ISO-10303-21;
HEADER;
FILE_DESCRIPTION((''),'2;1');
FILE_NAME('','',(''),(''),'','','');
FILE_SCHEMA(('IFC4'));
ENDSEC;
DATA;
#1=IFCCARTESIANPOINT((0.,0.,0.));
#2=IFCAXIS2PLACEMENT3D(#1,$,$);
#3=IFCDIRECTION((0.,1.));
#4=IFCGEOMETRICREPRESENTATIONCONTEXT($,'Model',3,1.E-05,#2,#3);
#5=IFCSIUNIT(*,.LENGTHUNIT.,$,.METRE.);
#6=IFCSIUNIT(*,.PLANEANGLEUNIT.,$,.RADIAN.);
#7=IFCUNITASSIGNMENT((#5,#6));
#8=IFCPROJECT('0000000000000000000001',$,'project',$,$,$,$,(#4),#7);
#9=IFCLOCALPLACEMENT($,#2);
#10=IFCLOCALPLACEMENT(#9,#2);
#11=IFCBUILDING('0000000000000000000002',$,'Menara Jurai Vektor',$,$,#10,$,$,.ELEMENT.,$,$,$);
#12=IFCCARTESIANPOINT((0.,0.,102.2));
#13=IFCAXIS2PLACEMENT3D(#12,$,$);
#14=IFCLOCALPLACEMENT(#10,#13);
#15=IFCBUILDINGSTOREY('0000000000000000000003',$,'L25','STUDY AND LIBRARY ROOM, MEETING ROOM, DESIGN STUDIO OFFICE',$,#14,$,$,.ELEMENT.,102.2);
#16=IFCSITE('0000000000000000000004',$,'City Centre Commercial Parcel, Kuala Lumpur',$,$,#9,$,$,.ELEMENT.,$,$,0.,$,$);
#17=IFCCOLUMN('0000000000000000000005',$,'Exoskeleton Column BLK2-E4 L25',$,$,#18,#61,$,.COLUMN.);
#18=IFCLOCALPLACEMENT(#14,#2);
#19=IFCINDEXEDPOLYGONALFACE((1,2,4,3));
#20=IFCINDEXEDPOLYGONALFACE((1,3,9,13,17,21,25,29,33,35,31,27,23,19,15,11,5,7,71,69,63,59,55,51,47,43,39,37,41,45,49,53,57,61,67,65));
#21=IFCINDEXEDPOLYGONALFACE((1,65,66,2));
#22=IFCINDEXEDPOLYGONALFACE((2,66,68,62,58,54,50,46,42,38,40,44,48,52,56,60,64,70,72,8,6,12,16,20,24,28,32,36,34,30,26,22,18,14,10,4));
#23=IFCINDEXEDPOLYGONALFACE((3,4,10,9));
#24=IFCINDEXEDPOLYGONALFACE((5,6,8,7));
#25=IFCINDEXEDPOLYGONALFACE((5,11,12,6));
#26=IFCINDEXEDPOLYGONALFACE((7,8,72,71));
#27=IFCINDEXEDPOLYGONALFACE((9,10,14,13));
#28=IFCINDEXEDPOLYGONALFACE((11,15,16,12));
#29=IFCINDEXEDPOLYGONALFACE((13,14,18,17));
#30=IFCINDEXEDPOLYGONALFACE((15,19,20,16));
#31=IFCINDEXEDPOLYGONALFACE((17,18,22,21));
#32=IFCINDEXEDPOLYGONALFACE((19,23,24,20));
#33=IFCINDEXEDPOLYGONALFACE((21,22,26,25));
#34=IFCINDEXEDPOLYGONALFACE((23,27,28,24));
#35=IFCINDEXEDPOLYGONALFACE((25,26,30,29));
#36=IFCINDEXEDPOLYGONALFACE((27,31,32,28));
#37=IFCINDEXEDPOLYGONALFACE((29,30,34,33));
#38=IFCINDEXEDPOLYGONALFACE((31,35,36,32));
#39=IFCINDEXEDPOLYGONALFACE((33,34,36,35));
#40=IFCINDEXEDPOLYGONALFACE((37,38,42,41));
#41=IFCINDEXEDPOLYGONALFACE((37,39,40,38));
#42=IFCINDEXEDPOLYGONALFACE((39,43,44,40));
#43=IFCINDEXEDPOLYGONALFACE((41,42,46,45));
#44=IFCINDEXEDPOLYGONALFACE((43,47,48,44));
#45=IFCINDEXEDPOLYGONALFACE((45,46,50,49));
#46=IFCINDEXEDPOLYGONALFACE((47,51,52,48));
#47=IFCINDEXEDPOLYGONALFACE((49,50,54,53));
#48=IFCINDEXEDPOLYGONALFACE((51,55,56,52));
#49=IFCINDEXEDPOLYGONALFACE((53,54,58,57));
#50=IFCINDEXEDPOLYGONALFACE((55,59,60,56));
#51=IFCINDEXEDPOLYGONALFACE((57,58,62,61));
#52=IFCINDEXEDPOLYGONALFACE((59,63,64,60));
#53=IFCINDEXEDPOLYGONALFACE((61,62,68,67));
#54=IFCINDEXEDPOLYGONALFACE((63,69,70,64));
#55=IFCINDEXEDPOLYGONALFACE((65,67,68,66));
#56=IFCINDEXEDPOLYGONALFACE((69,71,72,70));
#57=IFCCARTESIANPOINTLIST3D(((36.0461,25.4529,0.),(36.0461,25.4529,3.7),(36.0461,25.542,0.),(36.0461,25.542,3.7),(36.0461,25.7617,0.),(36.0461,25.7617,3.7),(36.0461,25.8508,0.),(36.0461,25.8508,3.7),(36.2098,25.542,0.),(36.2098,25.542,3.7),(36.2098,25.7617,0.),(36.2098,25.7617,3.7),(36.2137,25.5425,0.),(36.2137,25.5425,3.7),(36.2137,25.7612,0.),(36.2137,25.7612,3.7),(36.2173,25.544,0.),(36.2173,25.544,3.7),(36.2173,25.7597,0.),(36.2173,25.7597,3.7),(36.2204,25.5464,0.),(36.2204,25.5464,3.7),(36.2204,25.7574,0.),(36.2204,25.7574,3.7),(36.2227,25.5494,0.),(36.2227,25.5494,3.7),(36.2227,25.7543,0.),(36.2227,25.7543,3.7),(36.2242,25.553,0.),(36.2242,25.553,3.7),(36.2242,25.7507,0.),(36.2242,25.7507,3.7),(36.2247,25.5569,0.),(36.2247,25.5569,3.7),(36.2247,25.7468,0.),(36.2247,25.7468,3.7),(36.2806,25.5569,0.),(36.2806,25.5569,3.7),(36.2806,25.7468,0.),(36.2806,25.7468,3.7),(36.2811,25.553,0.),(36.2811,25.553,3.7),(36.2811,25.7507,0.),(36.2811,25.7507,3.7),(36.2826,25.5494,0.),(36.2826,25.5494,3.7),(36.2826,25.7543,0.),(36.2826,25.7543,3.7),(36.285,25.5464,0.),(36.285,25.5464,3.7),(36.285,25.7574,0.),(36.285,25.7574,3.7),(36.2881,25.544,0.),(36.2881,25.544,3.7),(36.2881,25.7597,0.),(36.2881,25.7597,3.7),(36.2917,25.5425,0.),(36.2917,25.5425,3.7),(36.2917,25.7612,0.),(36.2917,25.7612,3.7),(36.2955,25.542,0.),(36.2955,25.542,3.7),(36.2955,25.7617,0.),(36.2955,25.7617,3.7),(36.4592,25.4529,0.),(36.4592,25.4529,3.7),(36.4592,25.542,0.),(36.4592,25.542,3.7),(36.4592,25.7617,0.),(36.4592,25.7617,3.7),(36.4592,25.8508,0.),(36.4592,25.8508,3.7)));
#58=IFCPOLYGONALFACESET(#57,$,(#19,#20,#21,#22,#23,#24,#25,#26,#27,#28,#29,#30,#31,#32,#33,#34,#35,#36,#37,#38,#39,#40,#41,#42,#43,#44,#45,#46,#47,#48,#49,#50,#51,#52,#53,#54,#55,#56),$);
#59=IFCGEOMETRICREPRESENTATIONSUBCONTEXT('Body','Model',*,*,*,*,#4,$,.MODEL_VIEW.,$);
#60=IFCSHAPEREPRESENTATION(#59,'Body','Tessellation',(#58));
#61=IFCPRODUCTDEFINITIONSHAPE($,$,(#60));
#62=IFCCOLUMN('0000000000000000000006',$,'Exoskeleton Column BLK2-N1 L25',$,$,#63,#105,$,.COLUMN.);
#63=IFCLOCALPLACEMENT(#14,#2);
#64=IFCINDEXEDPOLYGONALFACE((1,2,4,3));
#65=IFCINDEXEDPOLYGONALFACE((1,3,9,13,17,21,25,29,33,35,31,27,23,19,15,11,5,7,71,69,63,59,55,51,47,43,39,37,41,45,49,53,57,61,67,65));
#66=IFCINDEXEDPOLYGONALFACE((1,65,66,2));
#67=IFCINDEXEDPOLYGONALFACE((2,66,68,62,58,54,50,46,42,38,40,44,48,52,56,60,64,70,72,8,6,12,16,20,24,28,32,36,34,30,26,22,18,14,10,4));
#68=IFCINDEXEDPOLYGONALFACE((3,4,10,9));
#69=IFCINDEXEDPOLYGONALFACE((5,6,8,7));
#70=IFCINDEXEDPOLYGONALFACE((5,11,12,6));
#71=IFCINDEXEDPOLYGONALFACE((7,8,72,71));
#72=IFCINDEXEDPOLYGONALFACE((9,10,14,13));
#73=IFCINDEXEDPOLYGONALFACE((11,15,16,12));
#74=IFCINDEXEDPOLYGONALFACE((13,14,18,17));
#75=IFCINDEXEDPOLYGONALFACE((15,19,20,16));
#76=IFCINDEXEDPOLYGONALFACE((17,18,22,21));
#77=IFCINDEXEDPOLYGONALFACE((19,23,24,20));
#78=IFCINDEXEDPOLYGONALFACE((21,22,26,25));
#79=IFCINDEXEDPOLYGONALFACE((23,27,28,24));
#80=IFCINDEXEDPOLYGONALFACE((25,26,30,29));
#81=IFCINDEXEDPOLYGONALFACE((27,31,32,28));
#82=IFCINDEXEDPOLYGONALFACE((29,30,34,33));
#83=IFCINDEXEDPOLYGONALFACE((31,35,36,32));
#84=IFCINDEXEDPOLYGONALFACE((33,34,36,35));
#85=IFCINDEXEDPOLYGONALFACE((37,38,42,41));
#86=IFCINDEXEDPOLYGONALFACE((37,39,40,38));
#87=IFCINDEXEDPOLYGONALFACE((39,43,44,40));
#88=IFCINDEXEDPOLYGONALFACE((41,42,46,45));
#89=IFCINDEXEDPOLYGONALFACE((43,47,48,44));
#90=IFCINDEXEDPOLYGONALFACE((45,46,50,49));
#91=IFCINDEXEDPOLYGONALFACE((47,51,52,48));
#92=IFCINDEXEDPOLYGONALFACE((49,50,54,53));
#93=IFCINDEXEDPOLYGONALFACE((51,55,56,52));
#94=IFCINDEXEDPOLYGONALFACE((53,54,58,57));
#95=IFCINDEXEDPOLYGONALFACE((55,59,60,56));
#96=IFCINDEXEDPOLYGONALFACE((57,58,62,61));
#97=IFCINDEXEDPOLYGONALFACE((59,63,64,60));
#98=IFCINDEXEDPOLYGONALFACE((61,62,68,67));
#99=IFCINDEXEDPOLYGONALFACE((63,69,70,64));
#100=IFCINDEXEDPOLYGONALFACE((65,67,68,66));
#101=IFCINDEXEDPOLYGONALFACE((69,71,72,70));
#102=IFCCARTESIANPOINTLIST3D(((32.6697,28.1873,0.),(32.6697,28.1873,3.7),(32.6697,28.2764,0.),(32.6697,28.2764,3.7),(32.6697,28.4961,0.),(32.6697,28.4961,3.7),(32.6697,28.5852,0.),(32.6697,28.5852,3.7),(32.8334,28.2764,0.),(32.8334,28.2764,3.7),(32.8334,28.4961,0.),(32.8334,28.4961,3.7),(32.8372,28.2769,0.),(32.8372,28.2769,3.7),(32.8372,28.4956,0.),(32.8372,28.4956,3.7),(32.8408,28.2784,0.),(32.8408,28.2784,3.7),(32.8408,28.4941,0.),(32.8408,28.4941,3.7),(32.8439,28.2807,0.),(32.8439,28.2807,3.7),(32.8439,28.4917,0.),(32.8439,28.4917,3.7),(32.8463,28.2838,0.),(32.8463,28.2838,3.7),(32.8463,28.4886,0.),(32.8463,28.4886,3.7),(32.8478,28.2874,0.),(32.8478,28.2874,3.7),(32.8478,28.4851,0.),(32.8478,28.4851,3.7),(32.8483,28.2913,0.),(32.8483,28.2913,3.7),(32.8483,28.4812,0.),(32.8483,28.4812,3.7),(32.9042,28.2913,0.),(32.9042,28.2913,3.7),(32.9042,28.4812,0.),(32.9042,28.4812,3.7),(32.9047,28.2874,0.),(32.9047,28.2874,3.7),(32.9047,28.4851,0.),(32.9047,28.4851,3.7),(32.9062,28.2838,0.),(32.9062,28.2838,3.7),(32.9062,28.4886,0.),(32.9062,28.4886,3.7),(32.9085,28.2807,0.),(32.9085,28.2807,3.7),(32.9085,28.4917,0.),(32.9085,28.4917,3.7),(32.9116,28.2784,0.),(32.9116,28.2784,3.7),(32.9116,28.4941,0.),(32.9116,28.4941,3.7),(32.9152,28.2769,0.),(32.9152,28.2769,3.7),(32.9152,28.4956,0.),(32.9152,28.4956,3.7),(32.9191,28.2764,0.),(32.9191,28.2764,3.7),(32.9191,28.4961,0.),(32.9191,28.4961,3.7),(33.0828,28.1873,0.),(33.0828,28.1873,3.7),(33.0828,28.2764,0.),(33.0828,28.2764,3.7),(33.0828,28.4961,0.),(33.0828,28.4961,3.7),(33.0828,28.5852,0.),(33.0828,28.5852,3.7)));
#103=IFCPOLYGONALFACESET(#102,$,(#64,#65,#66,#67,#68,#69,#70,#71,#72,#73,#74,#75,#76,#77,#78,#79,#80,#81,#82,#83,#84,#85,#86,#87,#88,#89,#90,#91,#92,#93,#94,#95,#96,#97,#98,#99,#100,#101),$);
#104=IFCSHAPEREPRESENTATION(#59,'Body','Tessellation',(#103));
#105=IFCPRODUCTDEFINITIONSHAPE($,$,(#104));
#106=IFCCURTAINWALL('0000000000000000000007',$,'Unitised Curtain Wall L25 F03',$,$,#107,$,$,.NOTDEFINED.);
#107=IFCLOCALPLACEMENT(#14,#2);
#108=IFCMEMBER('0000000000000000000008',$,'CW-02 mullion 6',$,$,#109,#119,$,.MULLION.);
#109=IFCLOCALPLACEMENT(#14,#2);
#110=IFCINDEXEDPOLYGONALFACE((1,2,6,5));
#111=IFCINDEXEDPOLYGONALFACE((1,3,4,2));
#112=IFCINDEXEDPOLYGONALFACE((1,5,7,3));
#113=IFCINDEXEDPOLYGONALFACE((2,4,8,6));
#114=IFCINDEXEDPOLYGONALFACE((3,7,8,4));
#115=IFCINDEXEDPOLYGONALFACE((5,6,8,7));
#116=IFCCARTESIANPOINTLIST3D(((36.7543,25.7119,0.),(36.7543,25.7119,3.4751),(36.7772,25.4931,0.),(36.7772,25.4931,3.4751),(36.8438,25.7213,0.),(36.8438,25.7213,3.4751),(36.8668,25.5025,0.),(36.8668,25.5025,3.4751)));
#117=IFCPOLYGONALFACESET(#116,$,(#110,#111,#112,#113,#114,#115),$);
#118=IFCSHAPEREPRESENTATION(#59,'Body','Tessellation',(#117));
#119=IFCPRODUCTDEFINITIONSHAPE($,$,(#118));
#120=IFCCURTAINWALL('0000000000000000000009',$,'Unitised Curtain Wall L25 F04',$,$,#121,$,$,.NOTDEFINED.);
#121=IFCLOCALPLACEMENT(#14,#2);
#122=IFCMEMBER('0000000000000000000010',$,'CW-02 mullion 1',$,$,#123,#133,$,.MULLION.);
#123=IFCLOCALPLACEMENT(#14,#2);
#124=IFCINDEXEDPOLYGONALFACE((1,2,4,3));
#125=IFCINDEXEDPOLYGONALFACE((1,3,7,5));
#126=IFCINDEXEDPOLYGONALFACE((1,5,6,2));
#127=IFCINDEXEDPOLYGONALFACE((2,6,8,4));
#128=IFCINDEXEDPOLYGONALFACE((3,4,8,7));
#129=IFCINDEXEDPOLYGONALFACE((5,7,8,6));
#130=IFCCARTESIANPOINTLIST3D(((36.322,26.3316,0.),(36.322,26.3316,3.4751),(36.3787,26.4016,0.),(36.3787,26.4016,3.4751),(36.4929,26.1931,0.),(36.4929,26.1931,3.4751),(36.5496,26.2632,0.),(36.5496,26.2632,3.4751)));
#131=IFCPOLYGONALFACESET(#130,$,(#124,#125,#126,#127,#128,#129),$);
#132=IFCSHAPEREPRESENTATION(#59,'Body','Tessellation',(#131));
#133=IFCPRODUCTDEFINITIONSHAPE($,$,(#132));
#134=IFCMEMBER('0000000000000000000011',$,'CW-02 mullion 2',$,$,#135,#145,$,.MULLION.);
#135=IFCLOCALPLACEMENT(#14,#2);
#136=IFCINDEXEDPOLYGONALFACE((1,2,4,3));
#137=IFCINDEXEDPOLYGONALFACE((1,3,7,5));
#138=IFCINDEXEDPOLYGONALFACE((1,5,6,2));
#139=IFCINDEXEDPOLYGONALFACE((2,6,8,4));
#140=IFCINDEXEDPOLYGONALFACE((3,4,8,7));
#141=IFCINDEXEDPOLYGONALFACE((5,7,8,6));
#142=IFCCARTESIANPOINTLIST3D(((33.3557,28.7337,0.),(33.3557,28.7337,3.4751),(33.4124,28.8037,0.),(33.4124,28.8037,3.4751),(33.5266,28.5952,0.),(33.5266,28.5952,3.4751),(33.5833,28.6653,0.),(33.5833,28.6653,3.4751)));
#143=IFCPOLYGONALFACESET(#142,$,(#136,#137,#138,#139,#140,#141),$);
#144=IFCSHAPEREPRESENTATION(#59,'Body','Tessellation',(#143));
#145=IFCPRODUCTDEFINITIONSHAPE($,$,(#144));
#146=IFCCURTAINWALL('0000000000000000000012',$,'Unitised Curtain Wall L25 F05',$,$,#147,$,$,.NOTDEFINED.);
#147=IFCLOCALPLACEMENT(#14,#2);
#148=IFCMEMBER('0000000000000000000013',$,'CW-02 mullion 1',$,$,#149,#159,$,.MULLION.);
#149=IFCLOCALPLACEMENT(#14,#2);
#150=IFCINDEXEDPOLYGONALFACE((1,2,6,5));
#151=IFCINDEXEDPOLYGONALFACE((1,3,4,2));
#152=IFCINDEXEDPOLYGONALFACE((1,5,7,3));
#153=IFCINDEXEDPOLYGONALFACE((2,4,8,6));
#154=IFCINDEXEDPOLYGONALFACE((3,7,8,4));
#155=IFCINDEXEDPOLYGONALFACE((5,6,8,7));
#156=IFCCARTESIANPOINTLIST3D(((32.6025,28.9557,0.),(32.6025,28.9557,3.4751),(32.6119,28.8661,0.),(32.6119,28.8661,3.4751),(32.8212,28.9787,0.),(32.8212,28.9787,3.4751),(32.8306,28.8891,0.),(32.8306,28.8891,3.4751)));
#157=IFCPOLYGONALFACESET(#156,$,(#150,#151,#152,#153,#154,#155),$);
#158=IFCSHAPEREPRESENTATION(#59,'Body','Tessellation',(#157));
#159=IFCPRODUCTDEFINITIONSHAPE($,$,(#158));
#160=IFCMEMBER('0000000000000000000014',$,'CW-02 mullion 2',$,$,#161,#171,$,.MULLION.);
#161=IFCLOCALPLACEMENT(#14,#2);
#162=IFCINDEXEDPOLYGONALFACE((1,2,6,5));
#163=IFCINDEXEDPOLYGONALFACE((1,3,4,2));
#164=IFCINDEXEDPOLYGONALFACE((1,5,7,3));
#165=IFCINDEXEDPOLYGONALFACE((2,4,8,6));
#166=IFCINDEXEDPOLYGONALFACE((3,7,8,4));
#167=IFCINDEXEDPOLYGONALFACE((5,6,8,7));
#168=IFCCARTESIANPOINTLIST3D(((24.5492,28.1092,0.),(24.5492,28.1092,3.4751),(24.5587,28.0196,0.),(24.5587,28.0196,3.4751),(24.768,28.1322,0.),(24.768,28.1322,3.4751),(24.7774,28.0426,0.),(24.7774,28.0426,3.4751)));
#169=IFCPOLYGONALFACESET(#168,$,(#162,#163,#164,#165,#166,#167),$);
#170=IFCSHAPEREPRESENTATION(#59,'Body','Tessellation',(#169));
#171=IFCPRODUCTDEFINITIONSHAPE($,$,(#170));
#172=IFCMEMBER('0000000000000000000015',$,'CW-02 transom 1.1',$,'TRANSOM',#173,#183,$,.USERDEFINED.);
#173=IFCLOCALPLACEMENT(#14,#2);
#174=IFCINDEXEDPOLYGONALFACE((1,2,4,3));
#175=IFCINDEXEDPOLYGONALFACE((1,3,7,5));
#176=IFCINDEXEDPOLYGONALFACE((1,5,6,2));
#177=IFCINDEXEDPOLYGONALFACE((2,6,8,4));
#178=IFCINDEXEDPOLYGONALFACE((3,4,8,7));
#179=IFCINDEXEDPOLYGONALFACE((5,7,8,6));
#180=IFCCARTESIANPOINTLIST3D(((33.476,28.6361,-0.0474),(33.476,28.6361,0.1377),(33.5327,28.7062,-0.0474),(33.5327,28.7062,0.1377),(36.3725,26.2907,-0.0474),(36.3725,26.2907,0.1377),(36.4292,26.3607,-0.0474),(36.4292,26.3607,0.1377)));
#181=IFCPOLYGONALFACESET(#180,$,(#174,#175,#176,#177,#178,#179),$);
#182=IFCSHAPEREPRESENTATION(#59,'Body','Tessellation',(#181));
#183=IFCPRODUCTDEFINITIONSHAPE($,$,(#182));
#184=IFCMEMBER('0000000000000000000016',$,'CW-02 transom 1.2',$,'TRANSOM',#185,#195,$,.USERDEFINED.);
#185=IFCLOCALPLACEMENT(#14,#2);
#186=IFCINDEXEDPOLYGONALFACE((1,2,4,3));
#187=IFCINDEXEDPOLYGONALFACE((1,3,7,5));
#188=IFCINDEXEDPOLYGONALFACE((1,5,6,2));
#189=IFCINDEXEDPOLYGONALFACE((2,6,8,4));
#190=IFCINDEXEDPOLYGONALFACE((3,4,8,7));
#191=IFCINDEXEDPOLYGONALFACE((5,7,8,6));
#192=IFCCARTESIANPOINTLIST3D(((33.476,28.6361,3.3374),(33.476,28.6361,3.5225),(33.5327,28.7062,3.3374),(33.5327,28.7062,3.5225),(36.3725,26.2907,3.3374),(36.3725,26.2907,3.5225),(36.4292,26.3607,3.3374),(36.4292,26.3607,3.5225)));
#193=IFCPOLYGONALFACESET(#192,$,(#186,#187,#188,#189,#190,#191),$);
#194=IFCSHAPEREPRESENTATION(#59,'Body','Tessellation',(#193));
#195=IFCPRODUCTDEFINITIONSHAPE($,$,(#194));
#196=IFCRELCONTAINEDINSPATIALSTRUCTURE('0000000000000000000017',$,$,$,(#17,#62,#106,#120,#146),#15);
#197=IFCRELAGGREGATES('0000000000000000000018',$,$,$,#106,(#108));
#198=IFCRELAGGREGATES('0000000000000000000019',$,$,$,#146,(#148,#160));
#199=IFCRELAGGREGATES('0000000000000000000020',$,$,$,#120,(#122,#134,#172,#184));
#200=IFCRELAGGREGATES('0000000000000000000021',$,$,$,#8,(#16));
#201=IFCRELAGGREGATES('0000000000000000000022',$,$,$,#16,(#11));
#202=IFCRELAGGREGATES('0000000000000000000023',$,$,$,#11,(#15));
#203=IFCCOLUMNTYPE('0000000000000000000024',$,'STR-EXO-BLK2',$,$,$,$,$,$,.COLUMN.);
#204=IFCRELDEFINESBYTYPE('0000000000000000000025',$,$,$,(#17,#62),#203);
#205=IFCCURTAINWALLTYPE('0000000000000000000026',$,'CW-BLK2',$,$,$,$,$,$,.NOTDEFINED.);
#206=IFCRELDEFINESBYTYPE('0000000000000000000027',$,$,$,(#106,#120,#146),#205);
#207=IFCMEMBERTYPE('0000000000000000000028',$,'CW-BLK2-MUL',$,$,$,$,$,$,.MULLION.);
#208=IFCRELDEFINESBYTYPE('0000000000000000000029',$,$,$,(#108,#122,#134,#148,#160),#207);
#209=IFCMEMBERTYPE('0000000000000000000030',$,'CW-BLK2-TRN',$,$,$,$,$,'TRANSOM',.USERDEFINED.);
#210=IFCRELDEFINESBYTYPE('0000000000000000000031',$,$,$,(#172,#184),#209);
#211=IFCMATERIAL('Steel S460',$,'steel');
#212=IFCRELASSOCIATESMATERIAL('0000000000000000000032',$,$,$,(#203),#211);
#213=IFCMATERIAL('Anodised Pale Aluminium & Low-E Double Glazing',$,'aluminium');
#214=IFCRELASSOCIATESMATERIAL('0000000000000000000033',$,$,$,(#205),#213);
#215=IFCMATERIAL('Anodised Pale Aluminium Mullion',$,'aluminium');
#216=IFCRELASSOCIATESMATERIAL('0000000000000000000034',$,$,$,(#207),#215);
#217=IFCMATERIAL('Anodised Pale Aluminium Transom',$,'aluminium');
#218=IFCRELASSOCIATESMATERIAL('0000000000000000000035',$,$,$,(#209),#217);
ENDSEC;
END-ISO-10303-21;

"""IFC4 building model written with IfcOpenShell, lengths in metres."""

from ifc_helpers import new_model, si_unit, direction, frame, origin, origin_2d, place, context, subcontext, project, spatial, rectangle, i_section, extrude, material, material_profile, profile_set, type_object, element, aggregate, save


model = new_model("IFC4")

# Units and contexts
model_context = context("Model", 3, precision=1e-05, world=origin(), true_north=direction((0.0, 1.0)))
body_context = subcontext(model_context, "Body", "Model", "MODEL_VIEW")
ifc_project = project(units=[si_unit("LENGTHUNIT", "METRE"), si_unit("PLANEANGLEUNIT", "RADIAN")], contexts=[model_context])

# Site, building, storey
site_placement = place(None, origin())
site = spatial("IfcSite", under=ifc_project, at=site_placement, Name="City Centre Commercial Parcel, Kuala Lumpur", CompositionType="ELEMENT", RefElevation=0.0)
building_placement = place(site_placement, origin())
building = spatial("IfcBuilding", under=site, at=building_placement, Name="Menara Jurai Vektor", CompositionType="ELEMENT")
storey_placement = place(building_placement, frame((0.0, 0.0, 102.2)))
storey = spatial("IfcBuildingStorey", under=building, at=storey_placement, Name="L25", Description="STUDY AND LIBRARY ROOM, MEETING ROOM, DESIGN STUDIO OFFICE", CompositionType="ELEMENT", Elevation=102.2)

# Columns
ifc_material_1 = material(Name="Steel S460", Category="steel")
ifc_material_profile_1 = material_profile(ifc_material_1, i_section(OverallWidth=0.4131, OverallDepth=0.3979, WebThickness=0.0559, FlangeThickness=0.0891, FilletRadius=0.0149, at=origin_2d()), Name="HD 400x744")
ifc_profile_set_1 = profile_set([ifc_material_profile_1], Name="Steel S460")
column_type = type_object("IfcColumnType", Name="STR-EXO-BLK2", PredefinedType="COLUMN", material=ifc_profile_set_1)
for number, where, z_axis, x_axis, name in (
    (1, (36.2527, 25.6519, 0.0), (0.0, 0.0, 1.0), (1.0, 0.0, 0.0), "Exoskeleton Column BLK2-E4 L25"),
    (2, (32.8762, 28.3862, 0.0), (0.0, 0.0, 1.0), (1.0, 0.0, 0.0), "Exoskeleton Column BLK2-N1 L25"),
):
    element("IfcColumn", number, at=place(storey_placement, frame(where, z_axis=z_axis, x_axis=x_axis)), inside=storey, type_object=column_type, Name=name, PredefinedType="COLUMN", context=body_context, shape_type="SweptSolid", body=[
        extrude(i_section(OverallWidth=0.4131, OverallDepth=0.3979, WebThickness=0.0559, FlangeThickness=0.0891, FilletRadius=0.0149, at=origin_2d()), origin(), (0.0, 0.0, 1.0), 3.7),
    ])

# Curtain wall, member
ifc_material_2 = material(Name="Anodised Pale Aluminium & Low-E Double Glazing", Category="aluminium")
curtain_wall_type = type_object("IfcCurtainWallType", Name="CW-BLK2", PredefinedType="NOTDEFINED", material=ifc_material_2)
curtain_wall_1_placement = place(storey_placement, origin())
curtain_wall_1 = element("IfcCurtainWall", 3, at=curtain_wall_1_placement, inside=storey, type_object=curtain_wall_type, Name="Unitised Curtain Wall L25 F03", PredefinedType="NOTDEFINED")
ifc_material_3 = material(Name="Anodised Pale Aluminium Mullion", Category="aluminium")
ifc_material_profile_2 = material_profile(ifc_material_3, rectangle(XDim=0.0901, YDim=0.22, at=origin_2d()), Name="ALU MUL 90x220")
ifc_profile_set_2 = profile_set([ifc_material_profile_2], Name="Anodised Pale Aluminium Mullion")
member_type_1 = type_object("IfcMemberType", Name="CW-BLK2-MUL", PredefinedType="MULLION", material=ifc_profile_set_2)
member_1_placement = place(storey_placement, frame((36.8105, 25.6072, 0.0), z_axis=(0.0, 0.0, 1.0), x_axis=(-0.994522, -0.10453, 0.0)))
member_1 = element("IfcMember", 4, at=member_1_placement, type_object=member_type_1, Name="CW-02 mullion 6", PredefinedType="MULLION", context=body_context, shape_type="SweptSolid", body=[
    extrude(rectangle(XDim=0.0901, YDim=0.22, at=origin_2d()), origin(), (0.0, 0.0, 1.0), 3.4751),
])
aggregate(curtain_wall_1, [member_1])

# Curtain walls, members
curtain_wall_2_placement = place(storey_placement, origin())
curtain_wall_2 = element("IfcCurtainWall", 5, at=curtain_wall_2_placement, inside=storey, type_object=curtain_wall_type, Name="Unitised Curtain Wall L25 F04", PredefinedType="NOTDEFINED")
member_2_placement = place(storey_placement, frame((36.4358, 26.2974, 0.0), z_axis=(0.0, 0.0, 1.0), x_axis=(-0.629313, -0.777152, 0.0)))
member_2 = element("IfcMember", 6, at=member_2_placement, type_object=member_type_1, Name="CW-02 mullion 1", PredefinedType="MULLION", context=body_context, shape_type="SweptSolid", body=[
    extrude(rectangle(XDim=0.0901, YDim=0.22, at=origin_2d()), origin(), (0.0, 0.0, 1.0), 3.4751),
])
member_3_placement = place(storey_placement, frame((33.4695, 28.6995, 0.0), z_axis=(0.0, 0.0, 1.0), x_axis=(-0.629313, -0.777152, 0.0)))
member_3 = element("IfcMember", 7, at=member_3_placement, type_object=member_type_1, Name="CW-02 mullion 2", PredefinedType="MULLION", context=body_context, shape_type="SweptSolid", body=[
    extrude(rectangle(XDim=0.0901, YDim=0.22, at=origin_2d()), origin(), (0.0, 0.0, 1.0), 3.4751),
])
curtain_wall_3_placement = place(storey_placement, origin())
curtain_wall_3 = element("IfcCurtainWall", 8, at=curtain_wall_3_placement, inside=storey, type_object=curtain_wall_type, Name="Unitised Curtain Wall L25 F05", PredefinedType="NOTDEFINED")
member_4_placement = place(storey_placement, frame((32.7166, 28.9224, 0.0), z_axis=(0.0, 0.0, 1.0), x_axis=(0.104529, -0.994522, 0.0)))
member_4 = element("IfcMember", 9, at=member_4_placement, type_object=member_type_1, Name="CW-02 mullion 1", PredefinedType="MULLION", context=body_context, shape_type="SweptSolid", body=[
    extrude(rectangle(XDim=0.0901, YDim=0.22, at=origin_2d()), origin(), (0.0, 0.0, 1.0), 3.4751),
])
member_5_placement = place(storey_placement, frame((24.6633, 28.0759, 0.0), z_axis=(0.0, 0.0, 1.0), x_axis=(0.104529, -0.994522, 0.0)))
member_5 = element("IfcMember", 10, at=member_5_placement, type_object=member_type_1, Name="CW-02 mullion 2", PredefinedType="MULLION", context=body_context, shape_type="SweptSolid", body=[
    extrude(rectangle(XDim=0.0901, YDim=0.22, at=origin_2d()), origin(), (0.0, 0.0, 1.0), 3.4751),
])

# Members
ifc_material_4 = material(Name="Anodised Pale Aluminium Transom", Category="aluminium")
ifc_material_profile_3 = material_profile(ifc_material_4, rectangle(XDim=0.0901, YDim=0.1851, at=origin_2d()), Name="ALU TRN 90x185")
ifc_profile_set_3 = profile_set([ifc_material_profile_3], Name="Anodised Pale Aluminium Transom")
member_type_2 = type_object("IfcMemberType", Name="CW-BLK2-TRN", ElementType="TRANSOM", PredefinedType="USERDEFINED", material=ifc_profile_set_3)
member_6_placement = place(storey_placement, frame((36.4009, 26.3257, 0.0452), z_axis=(-0.777155, 0.629309, 0.0), x_axis=(-0.629309, -0.777155, 0.0)))
member_6 = element("IfcMember", 11, at=member_6_placement, type_object=member_type_2, Name="CW-02 transom 1.1", ObjectType="TRANSOM", PredefinedType="USERDEFINED", context=body_context, shape_type="SweptSolid", body=[
    extrude(rectangle(XDim=0.0901, YDim=0.1851, at=origin_2d()), origin(), (0.0, 0.0, 1.0), 3.7271),
])
member_7_placement = place(storey_placement, frame((36.4009, 26.3257, 3.4299), z_axis=(-0.777155, 0.629309, 0.0), x_axis=(-0.629309, -0.777155, 0.0)))
member_7 = element("IfcMember", 12, at=member_7_placement, type_object=member_type_2, Name="CW-02 transom 1.2", ObjectType="TRANSOM", PredefinedType="USERDEFINED", context=body_context, shape_type="SweptSolid", body=[
    extrude(rectangle(XDim=0.0901, YDim=0.1851, at=origin_2d()), origin(), (0.0, 0.0, 1.0), 3.7271),
])

aggregate(curtain_wall_3, [member_4, member_5])
aggregate(curtain_wall_2, [member_2, member_3, member_6, member_7])

save(model, "model.ifc")
